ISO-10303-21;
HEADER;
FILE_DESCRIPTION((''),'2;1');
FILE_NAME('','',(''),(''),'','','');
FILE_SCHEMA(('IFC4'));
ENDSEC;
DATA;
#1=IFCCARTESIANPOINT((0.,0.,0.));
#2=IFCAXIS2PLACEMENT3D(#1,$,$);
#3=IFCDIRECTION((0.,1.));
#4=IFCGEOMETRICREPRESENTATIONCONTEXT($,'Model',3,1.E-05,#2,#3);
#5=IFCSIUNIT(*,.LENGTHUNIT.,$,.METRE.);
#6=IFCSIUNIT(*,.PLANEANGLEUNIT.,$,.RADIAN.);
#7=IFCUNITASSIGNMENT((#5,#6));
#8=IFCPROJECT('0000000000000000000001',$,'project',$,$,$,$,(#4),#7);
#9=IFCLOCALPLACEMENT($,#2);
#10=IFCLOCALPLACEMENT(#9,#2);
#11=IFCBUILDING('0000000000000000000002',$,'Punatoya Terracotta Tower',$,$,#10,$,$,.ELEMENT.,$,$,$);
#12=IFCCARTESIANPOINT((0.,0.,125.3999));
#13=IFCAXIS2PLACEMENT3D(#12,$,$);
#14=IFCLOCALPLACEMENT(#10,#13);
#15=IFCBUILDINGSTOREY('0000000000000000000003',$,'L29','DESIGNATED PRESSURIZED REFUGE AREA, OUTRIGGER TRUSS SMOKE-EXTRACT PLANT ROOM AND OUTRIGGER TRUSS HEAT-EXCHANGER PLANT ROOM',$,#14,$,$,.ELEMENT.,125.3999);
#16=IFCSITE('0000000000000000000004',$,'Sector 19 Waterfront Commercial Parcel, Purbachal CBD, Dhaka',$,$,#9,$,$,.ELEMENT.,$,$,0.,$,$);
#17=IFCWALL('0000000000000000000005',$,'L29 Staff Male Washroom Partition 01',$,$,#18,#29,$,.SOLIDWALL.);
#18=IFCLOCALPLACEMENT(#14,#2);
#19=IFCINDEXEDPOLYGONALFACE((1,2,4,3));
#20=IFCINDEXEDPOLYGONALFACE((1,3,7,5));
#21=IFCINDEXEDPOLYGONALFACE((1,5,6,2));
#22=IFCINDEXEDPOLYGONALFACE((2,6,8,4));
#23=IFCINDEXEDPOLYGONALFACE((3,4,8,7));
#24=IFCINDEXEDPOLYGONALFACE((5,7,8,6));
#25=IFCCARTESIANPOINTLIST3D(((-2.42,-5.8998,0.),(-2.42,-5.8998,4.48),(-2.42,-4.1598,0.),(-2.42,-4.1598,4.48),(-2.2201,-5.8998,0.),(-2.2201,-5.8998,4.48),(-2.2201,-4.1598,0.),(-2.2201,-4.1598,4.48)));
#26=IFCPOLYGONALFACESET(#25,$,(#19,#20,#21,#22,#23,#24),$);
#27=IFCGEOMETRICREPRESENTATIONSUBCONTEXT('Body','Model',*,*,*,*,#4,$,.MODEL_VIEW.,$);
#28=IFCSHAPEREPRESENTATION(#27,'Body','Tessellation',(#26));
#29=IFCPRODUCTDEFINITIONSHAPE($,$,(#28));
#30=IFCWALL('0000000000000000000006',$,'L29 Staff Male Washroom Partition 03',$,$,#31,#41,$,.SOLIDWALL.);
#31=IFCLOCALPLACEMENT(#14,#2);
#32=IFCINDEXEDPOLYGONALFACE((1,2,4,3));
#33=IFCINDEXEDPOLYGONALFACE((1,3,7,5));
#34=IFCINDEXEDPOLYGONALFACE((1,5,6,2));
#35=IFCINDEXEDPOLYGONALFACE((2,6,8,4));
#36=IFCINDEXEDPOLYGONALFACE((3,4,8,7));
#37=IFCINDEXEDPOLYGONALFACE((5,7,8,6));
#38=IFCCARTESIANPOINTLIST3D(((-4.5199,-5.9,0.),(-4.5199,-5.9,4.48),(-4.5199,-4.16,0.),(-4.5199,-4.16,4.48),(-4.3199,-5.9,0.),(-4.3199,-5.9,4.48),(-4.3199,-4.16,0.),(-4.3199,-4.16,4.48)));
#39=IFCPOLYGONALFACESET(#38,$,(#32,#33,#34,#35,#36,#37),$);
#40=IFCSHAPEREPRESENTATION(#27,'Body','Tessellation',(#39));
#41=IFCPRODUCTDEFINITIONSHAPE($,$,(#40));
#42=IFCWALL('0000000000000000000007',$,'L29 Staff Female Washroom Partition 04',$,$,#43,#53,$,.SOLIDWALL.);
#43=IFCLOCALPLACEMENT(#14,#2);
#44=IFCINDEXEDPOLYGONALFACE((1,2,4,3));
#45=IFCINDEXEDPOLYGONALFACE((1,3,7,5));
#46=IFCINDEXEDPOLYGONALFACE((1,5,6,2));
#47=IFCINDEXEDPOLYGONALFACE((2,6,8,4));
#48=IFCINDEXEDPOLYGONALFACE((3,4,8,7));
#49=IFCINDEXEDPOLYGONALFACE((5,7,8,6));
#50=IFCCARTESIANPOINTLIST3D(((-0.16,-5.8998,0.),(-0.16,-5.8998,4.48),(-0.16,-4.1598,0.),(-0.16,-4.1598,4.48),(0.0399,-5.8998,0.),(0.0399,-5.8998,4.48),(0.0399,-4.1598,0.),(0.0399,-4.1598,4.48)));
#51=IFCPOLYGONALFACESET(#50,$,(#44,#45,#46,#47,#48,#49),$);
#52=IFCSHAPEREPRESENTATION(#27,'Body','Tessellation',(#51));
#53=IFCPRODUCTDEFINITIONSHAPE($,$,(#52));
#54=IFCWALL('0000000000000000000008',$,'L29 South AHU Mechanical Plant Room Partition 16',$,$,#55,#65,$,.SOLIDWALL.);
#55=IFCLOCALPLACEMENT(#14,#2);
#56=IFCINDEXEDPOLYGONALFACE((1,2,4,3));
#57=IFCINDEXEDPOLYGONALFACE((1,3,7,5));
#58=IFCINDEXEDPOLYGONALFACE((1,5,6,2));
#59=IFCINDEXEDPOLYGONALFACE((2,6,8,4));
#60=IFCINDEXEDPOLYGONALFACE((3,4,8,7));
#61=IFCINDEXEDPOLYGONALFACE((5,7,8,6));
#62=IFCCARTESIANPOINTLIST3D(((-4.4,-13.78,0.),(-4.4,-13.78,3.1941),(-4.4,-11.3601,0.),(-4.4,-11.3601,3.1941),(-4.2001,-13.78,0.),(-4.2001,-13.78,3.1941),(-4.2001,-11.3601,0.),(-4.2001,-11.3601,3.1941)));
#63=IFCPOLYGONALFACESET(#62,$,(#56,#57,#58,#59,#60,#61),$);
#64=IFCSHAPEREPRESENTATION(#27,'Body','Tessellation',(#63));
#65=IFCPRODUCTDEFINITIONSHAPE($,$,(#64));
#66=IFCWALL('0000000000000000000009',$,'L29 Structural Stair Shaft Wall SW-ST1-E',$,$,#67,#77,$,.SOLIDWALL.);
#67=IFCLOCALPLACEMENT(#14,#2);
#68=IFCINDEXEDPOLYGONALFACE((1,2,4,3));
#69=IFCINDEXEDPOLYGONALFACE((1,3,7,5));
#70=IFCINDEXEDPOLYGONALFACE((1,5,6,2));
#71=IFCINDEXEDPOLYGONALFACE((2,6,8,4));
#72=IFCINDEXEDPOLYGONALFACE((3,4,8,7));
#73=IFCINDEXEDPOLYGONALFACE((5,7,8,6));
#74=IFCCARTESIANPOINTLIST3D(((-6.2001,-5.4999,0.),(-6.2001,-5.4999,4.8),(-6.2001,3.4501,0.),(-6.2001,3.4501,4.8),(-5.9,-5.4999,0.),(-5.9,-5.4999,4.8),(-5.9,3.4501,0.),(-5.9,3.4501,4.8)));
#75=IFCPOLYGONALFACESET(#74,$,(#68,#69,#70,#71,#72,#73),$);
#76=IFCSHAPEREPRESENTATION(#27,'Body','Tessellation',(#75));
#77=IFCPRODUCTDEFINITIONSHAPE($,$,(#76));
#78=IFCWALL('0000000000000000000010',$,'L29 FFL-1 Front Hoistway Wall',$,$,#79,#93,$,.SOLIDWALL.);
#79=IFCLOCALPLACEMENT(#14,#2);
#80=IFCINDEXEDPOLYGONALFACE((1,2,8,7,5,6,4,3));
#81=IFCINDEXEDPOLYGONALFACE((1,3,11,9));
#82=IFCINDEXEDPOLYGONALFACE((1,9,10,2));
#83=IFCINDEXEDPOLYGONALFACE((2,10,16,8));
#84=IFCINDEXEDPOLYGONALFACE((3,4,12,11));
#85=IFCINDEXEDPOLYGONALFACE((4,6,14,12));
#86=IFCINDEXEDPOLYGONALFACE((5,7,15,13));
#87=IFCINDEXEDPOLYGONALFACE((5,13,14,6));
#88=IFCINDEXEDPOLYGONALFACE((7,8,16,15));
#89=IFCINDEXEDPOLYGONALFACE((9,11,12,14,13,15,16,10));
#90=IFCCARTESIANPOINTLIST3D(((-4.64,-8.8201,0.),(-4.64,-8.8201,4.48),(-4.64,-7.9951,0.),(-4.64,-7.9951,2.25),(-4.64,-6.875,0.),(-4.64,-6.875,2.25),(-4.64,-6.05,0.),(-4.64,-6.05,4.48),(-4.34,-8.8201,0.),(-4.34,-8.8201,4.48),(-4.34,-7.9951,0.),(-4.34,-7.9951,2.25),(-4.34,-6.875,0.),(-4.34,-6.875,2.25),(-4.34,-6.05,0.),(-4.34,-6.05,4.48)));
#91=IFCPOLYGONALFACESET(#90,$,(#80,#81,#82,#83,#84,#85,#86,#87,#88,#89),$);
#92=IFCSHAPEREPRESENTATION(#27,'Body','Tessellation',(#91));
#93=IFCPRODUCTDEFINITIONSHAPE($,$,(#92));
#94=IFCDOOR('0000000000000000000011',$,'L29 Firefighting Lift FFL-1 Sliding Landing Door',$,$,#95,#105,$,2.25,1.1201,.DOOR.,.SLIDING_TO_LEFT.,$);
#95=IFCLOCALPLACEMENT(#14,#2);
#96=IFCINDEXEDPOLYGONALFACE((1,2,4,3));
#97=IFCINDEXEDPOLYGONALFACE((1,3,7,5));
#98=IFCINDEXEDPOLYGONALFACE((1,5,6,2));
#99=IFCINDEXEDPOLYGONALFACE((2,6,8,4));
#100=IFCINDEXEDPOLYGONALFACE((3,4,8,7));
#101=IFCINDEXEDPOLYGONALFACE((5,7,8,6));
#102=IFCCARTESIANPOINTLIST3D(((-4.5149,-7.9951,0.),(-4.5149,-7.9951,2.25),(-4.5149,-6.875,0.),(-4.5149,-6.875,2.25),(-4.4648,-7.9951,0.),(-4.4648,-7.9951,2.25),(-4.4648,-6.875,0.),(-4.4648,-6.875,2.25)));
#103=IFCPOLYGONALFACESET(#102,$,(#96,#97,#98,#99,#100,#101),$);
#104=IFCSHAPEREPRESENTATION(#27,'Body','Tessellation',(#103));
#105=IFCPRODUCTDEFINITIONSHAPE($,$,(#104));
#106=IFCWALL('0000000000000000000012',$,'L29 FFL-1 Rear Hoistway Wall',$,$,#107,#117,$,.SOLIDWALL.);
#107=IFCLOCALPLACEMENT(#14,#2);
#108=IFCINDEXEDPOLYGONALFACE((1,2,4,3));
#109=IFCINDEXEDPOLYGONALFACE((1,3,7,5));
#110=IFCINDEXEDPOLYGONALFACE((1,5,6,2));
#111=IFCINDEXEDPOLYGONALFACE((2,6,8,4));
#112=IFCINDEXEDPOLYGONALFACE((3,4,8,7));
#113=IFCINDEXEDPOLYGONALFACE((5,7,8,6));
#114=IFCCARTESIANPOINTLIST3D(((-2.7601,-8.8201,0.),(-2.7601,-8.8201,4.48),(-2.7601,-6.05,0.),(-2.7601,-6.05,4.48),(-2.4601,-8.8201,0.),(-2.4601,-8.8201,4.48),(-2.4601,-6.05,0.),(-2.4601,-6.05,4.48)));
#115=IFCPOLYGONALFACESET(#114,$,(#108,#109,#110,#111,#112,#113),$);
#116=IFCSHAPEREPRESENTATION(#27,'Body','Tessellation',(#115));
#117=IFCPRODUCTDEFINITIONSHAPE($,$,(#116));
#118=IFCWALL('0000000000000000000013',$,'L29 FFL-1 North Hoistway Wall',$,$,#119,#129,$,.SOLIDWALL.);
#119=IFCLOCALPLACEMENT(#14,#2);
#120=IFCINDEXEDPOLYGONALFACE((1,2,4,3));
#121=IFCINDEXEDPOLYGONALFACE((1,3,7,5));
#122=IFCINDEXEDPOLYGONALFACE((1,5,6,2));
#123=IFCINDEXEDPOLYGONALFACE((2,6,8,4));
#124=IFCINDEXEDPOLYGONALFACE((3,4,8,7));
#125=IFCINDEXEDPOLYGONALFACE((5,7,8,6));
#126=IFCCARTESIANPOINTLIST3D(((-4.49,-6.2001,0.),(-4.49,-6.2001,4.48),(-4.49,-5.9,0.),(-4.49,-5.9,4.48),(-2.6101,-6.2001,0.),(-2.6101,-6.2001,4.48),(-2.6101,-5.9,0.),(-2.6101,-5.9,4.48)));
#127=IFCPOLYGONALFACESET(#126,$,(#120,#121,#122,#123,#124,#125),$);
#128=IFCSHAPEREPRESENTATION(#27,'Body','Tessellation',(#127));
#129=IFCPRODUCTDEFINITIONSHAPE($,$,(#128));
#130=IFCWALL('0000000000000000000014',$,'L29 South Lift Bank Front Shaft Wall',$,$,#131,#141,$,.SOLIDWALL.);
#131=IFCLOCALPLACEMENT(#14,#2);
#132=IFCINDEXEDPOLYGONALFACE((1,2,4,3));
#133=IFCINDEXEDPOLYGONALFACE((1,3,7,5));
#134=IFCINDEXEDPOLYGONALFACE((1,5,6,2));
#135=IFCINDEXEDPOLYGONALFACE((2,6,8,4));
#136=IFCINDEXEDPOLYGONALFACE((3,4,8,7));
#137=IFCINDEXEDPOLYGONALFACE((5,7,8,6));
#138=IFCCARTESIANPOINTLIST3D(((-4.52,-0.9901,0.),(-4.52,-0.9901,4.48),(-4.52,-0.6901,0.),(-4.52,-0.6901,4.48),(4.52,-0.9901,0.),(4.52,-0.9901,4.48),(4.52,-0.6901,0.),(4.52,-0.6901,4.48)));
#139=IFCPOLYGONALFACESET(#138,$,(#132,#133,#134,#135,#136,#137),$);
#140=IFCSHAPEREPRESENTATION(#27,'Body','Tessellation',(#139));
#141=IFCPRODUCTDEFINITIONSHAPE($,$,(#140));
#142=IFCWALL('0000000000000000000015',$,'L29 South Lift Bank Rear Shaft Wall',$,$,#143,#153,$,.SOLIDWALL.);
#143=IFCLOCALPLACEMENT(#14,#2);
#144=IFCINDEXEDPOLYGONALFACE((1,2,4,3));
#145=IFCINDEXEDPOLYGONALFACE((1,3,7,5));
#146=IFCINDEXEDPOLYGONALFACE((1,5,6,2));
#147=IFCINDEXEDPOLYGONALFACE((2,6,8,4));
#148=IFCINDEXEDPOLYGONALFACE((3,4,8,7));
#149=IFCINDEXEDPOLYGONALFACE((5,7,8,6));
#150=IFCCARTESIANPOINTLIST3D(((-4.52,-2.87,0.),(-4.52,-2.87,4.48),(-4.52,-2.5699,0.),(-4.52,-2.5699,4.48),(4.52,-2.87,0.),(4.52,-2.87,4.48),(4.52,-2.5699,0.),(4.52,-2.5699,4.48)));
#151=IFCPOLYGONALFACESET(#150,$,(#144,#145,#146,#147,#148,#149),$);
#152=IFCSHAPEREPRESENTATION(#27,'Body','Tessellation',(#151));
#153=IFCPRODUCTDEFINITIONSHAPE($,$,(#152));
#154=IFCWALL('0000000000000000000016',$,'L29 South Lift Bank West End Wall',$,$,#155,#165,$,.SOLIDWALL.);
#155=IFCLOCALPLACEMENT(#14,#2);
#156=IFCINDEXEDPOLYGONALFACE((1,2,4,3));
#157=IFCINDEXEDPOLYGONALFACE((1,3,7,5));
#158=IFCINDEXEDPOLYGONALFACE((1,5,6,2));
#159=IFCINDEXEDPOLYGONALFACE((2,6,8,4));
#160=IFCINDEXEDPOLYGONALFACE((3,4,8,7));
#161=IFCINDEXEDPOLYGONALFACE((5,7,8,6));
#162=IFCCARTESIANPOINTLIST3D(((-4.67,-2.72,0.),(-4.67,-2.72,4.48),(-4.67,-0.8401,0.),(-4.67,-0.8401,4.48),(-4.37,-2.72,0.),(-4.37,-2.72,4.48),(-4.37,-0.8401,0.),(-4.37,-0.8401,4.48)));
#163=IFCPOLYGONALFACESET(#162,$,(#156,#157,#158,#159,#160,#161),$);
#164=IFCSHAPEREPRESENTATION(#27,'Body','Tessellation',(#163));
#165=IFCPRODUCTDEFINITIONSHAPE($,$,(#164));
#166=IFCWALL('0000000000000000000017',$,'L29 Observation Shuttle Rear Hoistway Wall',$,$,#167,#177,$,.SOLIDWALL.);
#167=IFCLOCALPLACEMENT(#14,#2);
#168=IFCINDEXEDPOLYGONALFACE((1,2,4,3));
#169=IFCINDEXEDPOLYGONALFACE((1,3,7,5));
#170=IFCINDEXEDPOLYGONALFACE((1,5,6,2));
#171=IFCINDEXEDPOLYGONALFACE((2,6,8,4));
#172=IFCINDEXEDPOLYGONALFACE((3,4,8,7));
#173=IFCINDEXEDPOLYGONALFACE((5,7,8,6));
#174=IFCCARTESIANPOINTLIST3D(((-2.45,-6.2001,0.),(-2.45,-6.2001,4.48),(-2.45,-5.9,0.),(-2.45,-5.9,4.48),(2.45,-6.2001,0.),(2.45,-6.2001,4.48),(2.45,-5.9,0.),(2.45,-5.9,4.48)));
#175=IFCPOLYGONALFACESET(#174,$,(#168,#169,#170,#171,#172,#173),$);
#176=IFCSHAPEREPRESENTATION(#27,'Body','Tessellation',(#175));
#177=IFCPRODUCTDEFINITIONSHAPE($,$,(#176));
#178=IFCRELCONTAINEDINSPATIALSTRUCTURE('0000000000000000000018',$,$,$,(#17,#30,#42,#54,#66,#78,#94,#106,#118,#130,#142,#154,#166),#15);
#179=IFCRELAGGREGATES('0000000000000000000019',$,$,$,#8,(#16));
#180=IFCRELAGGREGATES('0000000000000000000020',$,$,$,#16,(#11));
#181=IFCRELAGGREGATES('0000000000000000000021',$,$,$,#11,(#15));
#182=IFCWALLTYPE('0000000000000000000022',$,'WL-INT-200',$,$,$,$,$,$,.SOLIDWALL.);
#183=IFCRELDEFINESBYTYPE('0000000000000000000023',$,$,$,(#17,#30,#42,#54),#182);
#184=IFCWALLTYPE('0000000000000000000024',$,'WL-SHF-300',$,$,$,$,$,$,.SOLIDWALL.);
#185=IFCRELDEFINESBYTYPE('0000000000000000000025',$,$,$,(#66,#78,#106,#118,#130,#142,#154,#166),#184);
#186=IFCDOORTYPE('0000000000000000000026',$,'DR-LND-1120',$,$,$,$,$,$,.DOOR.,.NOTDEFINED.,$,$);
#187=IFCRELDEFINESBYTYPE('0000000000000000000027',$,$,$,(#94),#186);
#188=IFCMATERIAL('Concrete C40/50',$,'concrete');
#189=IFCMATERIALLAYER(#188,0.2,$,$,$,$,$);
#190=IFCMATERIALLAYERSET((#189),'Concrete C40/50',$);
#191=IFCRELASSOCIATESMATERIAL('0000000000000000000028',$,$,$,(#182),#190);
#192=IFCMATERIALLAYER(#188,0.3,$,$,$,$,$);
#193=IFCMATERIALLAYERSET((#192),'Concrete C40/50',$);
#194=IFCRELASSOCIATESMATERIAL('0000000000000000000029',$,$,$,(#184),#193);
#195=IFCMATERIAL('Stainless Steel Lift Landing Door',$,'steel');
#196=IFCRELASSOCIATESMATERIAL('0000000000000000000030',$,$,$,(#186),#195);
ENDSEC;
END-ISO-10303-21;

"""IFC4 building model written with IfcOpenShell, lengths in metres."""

from ifc_helpers import new_model, si_unit, direction, frame, frame_2d, origin, place, context, subcontext, project, spatial, rectangle, extrude, material, layer, layer_set, type_object, element, fill, save


model = new_model("IFC4")

# Units and contexts
model_context = context("Model", 3, precision=1e-05, world=origin(), true_north=direction((0.0, 1.0)))
body_context = subcontext(model_context, "Body", "Model", "MODEL_VIEW")
ifc_project = project(units=[si_unit("LENGTHUNIT", "METRE"), si_unit("PLANEANGLEUNIT", "RADIAN")], contexts=[model_context])

# Site, building, storey
site_placement = place(None, origin())
site = spatial("IfcSite", under=ifc_project, at=site_placement, Name="Sector 19 Waterfront Commercial Parcel, Purbachal CBD, Dhaka", CompositionType="ELEMENT", RefElevation=0.0)
building_placement = place(site_placement, origin())
building = spatial("IfcBuilding", under=site, at=building_placement, Name="Punatoya Terracotta Tower", CompositionType="ELEMENT")
storey_placement = place(building_placement, frame((0.0, 0.0, 125.3999)))
storey = spatial("IfcBuildingStorey", under=building, at=storey_placement, Name="L29", Description="DESIGNATED PRESSURIZED REFUGE AREA, OUTRIGGER TRUSS SMOKE-EXTRACT PLANT ROOM AND OUTRIGGER TRUSS HEAT-EXCHANGER PLANT ROOM", CompositionType="ELEMENT", Elevation=125.3999)

# Wall
ifc_material_1 = material(Name="Concrete C40/50", Category="concrete")
ifc_layer_1 = layer(ifc_material_1, 0.2)
ifc_layer_set_1 = layer_set([ifc_layer_1], Name="Concrete C40/50")
wall_type_1 = type_object("IfcWallType", Name="WL-INT-200", PredefinedType="SOLIDWALL", material=ifc_layer_set_1)
wall_1_placement = place(storey_placement, frame((-2.3201, -5.8999, 0.0), z_axis=(0.0, 0.0, 1.0), x_axis=(0.0, 1.0, 0.0)))
element("IfcWall", 1, at=wall_1_placement, inside=storey, type_object=wall_type_1, Name="L29 Staff Male Washroom Partition 01", PredefinedType="SOLIDWALL", context=body_context, shape_type="SweptSolid", body=[
    extrude(rectangle(XDim=1.74, YDim=0.2, at=frame_2d((0.8701, 0.0))), origin(), (0.0, 0.0, 1.0), 4.48),
])

# Walls
for number, where, z_axis, x_axis, name in (
    (2, (-4.4199, -4.1599, 0.0), (0.0, 0.0, 1.0), (0.0, -1.0, 0.0), "L29 Staff Male Washroom Partition 03"),
    (3, (-0.0601, -5.8999, 0.0), (0.0, 0.0, 1.0), (0.0, 1.0, 0.0), "L29 Staff Female Washroom Partition 04"),
):
    element("IfcWall", number, at=place(storey_placement, frame(where, z_axis=z_axis, x_axis=x_axis)), inside=storey, type_object=wall_type_1, Name=name, PredefinedType="SOLIDWALL", context=body_context, shape_type="SweptSolid", body=[
        extrude(rectangle(XDim=1.74, YDim=0.2, at=frame_2d((0.8701, 0.0))), origin(), (0.0, 0.0, 1.0), 4.48),
    ])

# Walls
wall_2_placement = place(storey_placement, frame((-4.3, -11.3601, 0.0), z_axis=(0.0, 0.0, 1.0), x_axis=(0.0, -1.0, 0.0)))
element("IfcWall", 4, at=wall_2_placement, inside=storey, type_object=wall_type_1, Name="L29 South AHU Mechanical Plant Room Partition 16", PredefinedType="SOLIDWALL", context=body_context, shape_type="SweptSolid", body=[
    extrude(rectangle(XDim=2.4199, YDim=0.2, at=frame_2d((1.21, 0.0))), origin(), (0.0, 0.0, 1.0), 3.1941),
])
ifc_layer_2 = layer(ifc_material_1, 0.3)
ifc_layer_set_2 = layer_set([ifc_layer_2], Name="Concrete C40/50")
wall_type_2 = type_object("IfcWallType", Name="WL-SHF-300", PredefinedType="SOLIDWALL", material=ifc_layer_set_2)
wall_3_placement = place(storey_placement, frame((-6.05, -5.5, 0.0), z_axis=(0.0, 0.0, 1.0), x_axis=(0.0, 1.0, 0.0)))
element("IfcWall", 5, at=wall_3_placement, inside=storey, type_object=wall_type_2, Name="L29 Structural Stair Shaft Wall SW-ST1-E", PredefinedType="SOLIDWALL", context=body_context, shape_type="SweptSolid", body=[
    extrude(rectangle(XDim=8.95, YDim=0.3, at=frame_2d((4.4751, 0.0))), origin(), (0.0, 0.0, 1.0), 4.8),
])

# Wall, opening, door
wall_4_placement = place(storey_placement, frame((-4.49, -8.8201, 0.0), z_axis=(0.0, 0.0, 1.0), x_axis=(0.0, 1.0, 0.0)))
wall_4 = element("IfcWall", 6, at=wall_4_placement, inside=storey, type_object=wall_type_2, Name="L29 FFL-1 Front Hoistway Wall", PredefinedType="SOLIDWALL", context=body_context, shape_type="SweptSolid", body=[
    extrude(rectangle(XDim=2.77, YDim=0.3, at=frame_2d((1.385, 0.0))), origin(), (0.0, 0.0, 1.0), 4.48),
])
opening_1_placement = place(wall_4_placement, frame((0.825, 0.0, 0.0)))
opening_1 = element("IfcOpeningElement", 7, at=opening_1_placement, cuts=wall_4, PredefinedType="OPENING", context=body_context, shape_type="SweptSolid", body=[
    extrude(rectangle(XDim=1.1201, YDim=2.25, at=frame_2d((0.5601, 1.125))), frame((0.0, 0.1599, 0.0), z_axis=(0.0, -1.0, 0.0), x_axis=(1.0, 0.0, 0.0)), (0.0, 0.0, 1.0), 0.3201),
])
ifc_material_2 = material(Name="Stainless Steel Lift Landing Door", Category="steel")
door_type_1 = type_object("IfcDoorType", Name="DR-LND-1120", OperationType="NOTDEFINED", PredefinedType="DOOR", material=ifc_material_2)
door_1_placement = place(opening_1_placement, origin())
door_1 = element("IfcDoor", 8, at=door_1_placement, inside=storey, type_object=door_type_1, Name="L29 Firefighting Lift FFL-1 Sliding Landing Door", OperationType="SLIDING_TO_LEFT", OverallHeight=2.25, OverallWidth=1.1201, PredefinedType="DOOR", context=body_context, shape_type="SweptSolid", body=[
    extrude(rectangle(XDim=1.1201, YDim=2.25, at=frame_2d((0.5601, 1.125))), frame((0.0, 0.0249, 0.0), z_axis=(0.0, -1.0, 0.0), x_axis=(1.0, 0.0, 0.0)), (0.0, 0.0, 1.0), 0.05),
])
fill(opening_1, door_1)

# Walls
wall_5_placement = place(storey_placement, frame((-2.6101, -8.8201, 0.0), z_axis=(0.0, 0.0, 1.0), x_axis=(0.0, 1.0, 0.0)))
element("IfcWall", 9, at=wall_5_placement, inside=storey, type_object=wall_type_2, Name="L29 FFL-1 Rear Hoistway Wall", PredefinedType="SOLIDWALL", context=body_context, shape_type="SweptSolid", body=[
    extrude(rectangle(XDim=2.77, YDim=0.3, at=frame_2d((1.385, 0.0))), origin(), (0.0, 0.0, 1.0), 4.48),
])
wall_6_placement = place(storey_placement, frame((-4.49, -6.05, 0.0), z_axis=(0.0, 0.0, 1.0), x_axis=(1.0, 0.0, 0.0)))
element("IfcWall", 10, at=wall_6_placement, inside=storey, type_object=wall_type_2, Name="L29 FFL-1 North Hoistway Wall", PredefinedType="SOLIDWALL", context=body_context, shape_type="SweptSolid", body=[
    extrude(rectangle(XDim=1.8799, YDim=0.3, at=frame_2d((0.9399, 0.0))), origin(), (0.0, 0.0, 1.0), 4.48),
])
for number, where, z_axis, x_axis, name in (
    (11, (-4.52, -0.8401, 0.0), (0.0, 0.0, 1.0), (1.0, 0.0, 0.0), "L29 South Lift Bank Front Shaft Wall"),
    (12, (-4.52, -2.72, 0.0), (0.0, 0.0, 1.0), (1.0, 0.0, 0.0), "L29 South Lift Bank Rear Shaft Wall"),
):
    element("IfcWall", number, at=place(storey_placement, frame(where, z_axis=z_axis, x_axis=x_axis)), inside=storey, type_object=wall_type_2, Name=name, PredefinedType="SOLIDWALL", context=body_context, shape_type="SweptSolid", body=[
        extrude(rectangle(XDim=9.04, YDim=0.3, at=frame_2d((4.52, 0.0))), origin(), (0.0, 0.0, 1.0), 4.48),
    ])
wall_7_placement = place(storey_placement, frame((-4.52, -2.72, 0.0), z_axis=(0.0, 0.0, 1.0), x_axis=(0.0, 1.0, 0.0)))
element("IfcWall", 13, at=wall_7_placement, inside=storey, type_object=wall_type_2, Name="L29 South Lift Bank West End Wall", PredefinedType="SOLIDWALL", context=body_context, shape_type="SweptSolid", body=[
    extrude(rectangle(XDim=1.8799, YDim=0.3, at=frame_2d((0.9399, 0.0))), origin(), (0.0, 0.0, 1.0), 4.48),
])
wall_8_placement = place(storey_placement, frame((-2.45, -6.05, 0.0), z_axis=(0.0, 0.0, 1.0), x_axis=(1.0, 0.0, 0.0)))
element("IfcWall", 14, at=wall_8_placement, inside=storey, type_object=wall_type_2, Name="L29 Observation Shuttle Rear Hoistway Wall", PredefinedType="SOLIDWALL", context=body_context, shape_type="SweptSolid", body=[
    extrude(rectangle(XDim=4.8999, YDim=0.3, at=frame_2d((2.45, 0.0))), origin(), (0.0, 0.0, 1.0), 4.48),
])

save(model, "model.ifc")
